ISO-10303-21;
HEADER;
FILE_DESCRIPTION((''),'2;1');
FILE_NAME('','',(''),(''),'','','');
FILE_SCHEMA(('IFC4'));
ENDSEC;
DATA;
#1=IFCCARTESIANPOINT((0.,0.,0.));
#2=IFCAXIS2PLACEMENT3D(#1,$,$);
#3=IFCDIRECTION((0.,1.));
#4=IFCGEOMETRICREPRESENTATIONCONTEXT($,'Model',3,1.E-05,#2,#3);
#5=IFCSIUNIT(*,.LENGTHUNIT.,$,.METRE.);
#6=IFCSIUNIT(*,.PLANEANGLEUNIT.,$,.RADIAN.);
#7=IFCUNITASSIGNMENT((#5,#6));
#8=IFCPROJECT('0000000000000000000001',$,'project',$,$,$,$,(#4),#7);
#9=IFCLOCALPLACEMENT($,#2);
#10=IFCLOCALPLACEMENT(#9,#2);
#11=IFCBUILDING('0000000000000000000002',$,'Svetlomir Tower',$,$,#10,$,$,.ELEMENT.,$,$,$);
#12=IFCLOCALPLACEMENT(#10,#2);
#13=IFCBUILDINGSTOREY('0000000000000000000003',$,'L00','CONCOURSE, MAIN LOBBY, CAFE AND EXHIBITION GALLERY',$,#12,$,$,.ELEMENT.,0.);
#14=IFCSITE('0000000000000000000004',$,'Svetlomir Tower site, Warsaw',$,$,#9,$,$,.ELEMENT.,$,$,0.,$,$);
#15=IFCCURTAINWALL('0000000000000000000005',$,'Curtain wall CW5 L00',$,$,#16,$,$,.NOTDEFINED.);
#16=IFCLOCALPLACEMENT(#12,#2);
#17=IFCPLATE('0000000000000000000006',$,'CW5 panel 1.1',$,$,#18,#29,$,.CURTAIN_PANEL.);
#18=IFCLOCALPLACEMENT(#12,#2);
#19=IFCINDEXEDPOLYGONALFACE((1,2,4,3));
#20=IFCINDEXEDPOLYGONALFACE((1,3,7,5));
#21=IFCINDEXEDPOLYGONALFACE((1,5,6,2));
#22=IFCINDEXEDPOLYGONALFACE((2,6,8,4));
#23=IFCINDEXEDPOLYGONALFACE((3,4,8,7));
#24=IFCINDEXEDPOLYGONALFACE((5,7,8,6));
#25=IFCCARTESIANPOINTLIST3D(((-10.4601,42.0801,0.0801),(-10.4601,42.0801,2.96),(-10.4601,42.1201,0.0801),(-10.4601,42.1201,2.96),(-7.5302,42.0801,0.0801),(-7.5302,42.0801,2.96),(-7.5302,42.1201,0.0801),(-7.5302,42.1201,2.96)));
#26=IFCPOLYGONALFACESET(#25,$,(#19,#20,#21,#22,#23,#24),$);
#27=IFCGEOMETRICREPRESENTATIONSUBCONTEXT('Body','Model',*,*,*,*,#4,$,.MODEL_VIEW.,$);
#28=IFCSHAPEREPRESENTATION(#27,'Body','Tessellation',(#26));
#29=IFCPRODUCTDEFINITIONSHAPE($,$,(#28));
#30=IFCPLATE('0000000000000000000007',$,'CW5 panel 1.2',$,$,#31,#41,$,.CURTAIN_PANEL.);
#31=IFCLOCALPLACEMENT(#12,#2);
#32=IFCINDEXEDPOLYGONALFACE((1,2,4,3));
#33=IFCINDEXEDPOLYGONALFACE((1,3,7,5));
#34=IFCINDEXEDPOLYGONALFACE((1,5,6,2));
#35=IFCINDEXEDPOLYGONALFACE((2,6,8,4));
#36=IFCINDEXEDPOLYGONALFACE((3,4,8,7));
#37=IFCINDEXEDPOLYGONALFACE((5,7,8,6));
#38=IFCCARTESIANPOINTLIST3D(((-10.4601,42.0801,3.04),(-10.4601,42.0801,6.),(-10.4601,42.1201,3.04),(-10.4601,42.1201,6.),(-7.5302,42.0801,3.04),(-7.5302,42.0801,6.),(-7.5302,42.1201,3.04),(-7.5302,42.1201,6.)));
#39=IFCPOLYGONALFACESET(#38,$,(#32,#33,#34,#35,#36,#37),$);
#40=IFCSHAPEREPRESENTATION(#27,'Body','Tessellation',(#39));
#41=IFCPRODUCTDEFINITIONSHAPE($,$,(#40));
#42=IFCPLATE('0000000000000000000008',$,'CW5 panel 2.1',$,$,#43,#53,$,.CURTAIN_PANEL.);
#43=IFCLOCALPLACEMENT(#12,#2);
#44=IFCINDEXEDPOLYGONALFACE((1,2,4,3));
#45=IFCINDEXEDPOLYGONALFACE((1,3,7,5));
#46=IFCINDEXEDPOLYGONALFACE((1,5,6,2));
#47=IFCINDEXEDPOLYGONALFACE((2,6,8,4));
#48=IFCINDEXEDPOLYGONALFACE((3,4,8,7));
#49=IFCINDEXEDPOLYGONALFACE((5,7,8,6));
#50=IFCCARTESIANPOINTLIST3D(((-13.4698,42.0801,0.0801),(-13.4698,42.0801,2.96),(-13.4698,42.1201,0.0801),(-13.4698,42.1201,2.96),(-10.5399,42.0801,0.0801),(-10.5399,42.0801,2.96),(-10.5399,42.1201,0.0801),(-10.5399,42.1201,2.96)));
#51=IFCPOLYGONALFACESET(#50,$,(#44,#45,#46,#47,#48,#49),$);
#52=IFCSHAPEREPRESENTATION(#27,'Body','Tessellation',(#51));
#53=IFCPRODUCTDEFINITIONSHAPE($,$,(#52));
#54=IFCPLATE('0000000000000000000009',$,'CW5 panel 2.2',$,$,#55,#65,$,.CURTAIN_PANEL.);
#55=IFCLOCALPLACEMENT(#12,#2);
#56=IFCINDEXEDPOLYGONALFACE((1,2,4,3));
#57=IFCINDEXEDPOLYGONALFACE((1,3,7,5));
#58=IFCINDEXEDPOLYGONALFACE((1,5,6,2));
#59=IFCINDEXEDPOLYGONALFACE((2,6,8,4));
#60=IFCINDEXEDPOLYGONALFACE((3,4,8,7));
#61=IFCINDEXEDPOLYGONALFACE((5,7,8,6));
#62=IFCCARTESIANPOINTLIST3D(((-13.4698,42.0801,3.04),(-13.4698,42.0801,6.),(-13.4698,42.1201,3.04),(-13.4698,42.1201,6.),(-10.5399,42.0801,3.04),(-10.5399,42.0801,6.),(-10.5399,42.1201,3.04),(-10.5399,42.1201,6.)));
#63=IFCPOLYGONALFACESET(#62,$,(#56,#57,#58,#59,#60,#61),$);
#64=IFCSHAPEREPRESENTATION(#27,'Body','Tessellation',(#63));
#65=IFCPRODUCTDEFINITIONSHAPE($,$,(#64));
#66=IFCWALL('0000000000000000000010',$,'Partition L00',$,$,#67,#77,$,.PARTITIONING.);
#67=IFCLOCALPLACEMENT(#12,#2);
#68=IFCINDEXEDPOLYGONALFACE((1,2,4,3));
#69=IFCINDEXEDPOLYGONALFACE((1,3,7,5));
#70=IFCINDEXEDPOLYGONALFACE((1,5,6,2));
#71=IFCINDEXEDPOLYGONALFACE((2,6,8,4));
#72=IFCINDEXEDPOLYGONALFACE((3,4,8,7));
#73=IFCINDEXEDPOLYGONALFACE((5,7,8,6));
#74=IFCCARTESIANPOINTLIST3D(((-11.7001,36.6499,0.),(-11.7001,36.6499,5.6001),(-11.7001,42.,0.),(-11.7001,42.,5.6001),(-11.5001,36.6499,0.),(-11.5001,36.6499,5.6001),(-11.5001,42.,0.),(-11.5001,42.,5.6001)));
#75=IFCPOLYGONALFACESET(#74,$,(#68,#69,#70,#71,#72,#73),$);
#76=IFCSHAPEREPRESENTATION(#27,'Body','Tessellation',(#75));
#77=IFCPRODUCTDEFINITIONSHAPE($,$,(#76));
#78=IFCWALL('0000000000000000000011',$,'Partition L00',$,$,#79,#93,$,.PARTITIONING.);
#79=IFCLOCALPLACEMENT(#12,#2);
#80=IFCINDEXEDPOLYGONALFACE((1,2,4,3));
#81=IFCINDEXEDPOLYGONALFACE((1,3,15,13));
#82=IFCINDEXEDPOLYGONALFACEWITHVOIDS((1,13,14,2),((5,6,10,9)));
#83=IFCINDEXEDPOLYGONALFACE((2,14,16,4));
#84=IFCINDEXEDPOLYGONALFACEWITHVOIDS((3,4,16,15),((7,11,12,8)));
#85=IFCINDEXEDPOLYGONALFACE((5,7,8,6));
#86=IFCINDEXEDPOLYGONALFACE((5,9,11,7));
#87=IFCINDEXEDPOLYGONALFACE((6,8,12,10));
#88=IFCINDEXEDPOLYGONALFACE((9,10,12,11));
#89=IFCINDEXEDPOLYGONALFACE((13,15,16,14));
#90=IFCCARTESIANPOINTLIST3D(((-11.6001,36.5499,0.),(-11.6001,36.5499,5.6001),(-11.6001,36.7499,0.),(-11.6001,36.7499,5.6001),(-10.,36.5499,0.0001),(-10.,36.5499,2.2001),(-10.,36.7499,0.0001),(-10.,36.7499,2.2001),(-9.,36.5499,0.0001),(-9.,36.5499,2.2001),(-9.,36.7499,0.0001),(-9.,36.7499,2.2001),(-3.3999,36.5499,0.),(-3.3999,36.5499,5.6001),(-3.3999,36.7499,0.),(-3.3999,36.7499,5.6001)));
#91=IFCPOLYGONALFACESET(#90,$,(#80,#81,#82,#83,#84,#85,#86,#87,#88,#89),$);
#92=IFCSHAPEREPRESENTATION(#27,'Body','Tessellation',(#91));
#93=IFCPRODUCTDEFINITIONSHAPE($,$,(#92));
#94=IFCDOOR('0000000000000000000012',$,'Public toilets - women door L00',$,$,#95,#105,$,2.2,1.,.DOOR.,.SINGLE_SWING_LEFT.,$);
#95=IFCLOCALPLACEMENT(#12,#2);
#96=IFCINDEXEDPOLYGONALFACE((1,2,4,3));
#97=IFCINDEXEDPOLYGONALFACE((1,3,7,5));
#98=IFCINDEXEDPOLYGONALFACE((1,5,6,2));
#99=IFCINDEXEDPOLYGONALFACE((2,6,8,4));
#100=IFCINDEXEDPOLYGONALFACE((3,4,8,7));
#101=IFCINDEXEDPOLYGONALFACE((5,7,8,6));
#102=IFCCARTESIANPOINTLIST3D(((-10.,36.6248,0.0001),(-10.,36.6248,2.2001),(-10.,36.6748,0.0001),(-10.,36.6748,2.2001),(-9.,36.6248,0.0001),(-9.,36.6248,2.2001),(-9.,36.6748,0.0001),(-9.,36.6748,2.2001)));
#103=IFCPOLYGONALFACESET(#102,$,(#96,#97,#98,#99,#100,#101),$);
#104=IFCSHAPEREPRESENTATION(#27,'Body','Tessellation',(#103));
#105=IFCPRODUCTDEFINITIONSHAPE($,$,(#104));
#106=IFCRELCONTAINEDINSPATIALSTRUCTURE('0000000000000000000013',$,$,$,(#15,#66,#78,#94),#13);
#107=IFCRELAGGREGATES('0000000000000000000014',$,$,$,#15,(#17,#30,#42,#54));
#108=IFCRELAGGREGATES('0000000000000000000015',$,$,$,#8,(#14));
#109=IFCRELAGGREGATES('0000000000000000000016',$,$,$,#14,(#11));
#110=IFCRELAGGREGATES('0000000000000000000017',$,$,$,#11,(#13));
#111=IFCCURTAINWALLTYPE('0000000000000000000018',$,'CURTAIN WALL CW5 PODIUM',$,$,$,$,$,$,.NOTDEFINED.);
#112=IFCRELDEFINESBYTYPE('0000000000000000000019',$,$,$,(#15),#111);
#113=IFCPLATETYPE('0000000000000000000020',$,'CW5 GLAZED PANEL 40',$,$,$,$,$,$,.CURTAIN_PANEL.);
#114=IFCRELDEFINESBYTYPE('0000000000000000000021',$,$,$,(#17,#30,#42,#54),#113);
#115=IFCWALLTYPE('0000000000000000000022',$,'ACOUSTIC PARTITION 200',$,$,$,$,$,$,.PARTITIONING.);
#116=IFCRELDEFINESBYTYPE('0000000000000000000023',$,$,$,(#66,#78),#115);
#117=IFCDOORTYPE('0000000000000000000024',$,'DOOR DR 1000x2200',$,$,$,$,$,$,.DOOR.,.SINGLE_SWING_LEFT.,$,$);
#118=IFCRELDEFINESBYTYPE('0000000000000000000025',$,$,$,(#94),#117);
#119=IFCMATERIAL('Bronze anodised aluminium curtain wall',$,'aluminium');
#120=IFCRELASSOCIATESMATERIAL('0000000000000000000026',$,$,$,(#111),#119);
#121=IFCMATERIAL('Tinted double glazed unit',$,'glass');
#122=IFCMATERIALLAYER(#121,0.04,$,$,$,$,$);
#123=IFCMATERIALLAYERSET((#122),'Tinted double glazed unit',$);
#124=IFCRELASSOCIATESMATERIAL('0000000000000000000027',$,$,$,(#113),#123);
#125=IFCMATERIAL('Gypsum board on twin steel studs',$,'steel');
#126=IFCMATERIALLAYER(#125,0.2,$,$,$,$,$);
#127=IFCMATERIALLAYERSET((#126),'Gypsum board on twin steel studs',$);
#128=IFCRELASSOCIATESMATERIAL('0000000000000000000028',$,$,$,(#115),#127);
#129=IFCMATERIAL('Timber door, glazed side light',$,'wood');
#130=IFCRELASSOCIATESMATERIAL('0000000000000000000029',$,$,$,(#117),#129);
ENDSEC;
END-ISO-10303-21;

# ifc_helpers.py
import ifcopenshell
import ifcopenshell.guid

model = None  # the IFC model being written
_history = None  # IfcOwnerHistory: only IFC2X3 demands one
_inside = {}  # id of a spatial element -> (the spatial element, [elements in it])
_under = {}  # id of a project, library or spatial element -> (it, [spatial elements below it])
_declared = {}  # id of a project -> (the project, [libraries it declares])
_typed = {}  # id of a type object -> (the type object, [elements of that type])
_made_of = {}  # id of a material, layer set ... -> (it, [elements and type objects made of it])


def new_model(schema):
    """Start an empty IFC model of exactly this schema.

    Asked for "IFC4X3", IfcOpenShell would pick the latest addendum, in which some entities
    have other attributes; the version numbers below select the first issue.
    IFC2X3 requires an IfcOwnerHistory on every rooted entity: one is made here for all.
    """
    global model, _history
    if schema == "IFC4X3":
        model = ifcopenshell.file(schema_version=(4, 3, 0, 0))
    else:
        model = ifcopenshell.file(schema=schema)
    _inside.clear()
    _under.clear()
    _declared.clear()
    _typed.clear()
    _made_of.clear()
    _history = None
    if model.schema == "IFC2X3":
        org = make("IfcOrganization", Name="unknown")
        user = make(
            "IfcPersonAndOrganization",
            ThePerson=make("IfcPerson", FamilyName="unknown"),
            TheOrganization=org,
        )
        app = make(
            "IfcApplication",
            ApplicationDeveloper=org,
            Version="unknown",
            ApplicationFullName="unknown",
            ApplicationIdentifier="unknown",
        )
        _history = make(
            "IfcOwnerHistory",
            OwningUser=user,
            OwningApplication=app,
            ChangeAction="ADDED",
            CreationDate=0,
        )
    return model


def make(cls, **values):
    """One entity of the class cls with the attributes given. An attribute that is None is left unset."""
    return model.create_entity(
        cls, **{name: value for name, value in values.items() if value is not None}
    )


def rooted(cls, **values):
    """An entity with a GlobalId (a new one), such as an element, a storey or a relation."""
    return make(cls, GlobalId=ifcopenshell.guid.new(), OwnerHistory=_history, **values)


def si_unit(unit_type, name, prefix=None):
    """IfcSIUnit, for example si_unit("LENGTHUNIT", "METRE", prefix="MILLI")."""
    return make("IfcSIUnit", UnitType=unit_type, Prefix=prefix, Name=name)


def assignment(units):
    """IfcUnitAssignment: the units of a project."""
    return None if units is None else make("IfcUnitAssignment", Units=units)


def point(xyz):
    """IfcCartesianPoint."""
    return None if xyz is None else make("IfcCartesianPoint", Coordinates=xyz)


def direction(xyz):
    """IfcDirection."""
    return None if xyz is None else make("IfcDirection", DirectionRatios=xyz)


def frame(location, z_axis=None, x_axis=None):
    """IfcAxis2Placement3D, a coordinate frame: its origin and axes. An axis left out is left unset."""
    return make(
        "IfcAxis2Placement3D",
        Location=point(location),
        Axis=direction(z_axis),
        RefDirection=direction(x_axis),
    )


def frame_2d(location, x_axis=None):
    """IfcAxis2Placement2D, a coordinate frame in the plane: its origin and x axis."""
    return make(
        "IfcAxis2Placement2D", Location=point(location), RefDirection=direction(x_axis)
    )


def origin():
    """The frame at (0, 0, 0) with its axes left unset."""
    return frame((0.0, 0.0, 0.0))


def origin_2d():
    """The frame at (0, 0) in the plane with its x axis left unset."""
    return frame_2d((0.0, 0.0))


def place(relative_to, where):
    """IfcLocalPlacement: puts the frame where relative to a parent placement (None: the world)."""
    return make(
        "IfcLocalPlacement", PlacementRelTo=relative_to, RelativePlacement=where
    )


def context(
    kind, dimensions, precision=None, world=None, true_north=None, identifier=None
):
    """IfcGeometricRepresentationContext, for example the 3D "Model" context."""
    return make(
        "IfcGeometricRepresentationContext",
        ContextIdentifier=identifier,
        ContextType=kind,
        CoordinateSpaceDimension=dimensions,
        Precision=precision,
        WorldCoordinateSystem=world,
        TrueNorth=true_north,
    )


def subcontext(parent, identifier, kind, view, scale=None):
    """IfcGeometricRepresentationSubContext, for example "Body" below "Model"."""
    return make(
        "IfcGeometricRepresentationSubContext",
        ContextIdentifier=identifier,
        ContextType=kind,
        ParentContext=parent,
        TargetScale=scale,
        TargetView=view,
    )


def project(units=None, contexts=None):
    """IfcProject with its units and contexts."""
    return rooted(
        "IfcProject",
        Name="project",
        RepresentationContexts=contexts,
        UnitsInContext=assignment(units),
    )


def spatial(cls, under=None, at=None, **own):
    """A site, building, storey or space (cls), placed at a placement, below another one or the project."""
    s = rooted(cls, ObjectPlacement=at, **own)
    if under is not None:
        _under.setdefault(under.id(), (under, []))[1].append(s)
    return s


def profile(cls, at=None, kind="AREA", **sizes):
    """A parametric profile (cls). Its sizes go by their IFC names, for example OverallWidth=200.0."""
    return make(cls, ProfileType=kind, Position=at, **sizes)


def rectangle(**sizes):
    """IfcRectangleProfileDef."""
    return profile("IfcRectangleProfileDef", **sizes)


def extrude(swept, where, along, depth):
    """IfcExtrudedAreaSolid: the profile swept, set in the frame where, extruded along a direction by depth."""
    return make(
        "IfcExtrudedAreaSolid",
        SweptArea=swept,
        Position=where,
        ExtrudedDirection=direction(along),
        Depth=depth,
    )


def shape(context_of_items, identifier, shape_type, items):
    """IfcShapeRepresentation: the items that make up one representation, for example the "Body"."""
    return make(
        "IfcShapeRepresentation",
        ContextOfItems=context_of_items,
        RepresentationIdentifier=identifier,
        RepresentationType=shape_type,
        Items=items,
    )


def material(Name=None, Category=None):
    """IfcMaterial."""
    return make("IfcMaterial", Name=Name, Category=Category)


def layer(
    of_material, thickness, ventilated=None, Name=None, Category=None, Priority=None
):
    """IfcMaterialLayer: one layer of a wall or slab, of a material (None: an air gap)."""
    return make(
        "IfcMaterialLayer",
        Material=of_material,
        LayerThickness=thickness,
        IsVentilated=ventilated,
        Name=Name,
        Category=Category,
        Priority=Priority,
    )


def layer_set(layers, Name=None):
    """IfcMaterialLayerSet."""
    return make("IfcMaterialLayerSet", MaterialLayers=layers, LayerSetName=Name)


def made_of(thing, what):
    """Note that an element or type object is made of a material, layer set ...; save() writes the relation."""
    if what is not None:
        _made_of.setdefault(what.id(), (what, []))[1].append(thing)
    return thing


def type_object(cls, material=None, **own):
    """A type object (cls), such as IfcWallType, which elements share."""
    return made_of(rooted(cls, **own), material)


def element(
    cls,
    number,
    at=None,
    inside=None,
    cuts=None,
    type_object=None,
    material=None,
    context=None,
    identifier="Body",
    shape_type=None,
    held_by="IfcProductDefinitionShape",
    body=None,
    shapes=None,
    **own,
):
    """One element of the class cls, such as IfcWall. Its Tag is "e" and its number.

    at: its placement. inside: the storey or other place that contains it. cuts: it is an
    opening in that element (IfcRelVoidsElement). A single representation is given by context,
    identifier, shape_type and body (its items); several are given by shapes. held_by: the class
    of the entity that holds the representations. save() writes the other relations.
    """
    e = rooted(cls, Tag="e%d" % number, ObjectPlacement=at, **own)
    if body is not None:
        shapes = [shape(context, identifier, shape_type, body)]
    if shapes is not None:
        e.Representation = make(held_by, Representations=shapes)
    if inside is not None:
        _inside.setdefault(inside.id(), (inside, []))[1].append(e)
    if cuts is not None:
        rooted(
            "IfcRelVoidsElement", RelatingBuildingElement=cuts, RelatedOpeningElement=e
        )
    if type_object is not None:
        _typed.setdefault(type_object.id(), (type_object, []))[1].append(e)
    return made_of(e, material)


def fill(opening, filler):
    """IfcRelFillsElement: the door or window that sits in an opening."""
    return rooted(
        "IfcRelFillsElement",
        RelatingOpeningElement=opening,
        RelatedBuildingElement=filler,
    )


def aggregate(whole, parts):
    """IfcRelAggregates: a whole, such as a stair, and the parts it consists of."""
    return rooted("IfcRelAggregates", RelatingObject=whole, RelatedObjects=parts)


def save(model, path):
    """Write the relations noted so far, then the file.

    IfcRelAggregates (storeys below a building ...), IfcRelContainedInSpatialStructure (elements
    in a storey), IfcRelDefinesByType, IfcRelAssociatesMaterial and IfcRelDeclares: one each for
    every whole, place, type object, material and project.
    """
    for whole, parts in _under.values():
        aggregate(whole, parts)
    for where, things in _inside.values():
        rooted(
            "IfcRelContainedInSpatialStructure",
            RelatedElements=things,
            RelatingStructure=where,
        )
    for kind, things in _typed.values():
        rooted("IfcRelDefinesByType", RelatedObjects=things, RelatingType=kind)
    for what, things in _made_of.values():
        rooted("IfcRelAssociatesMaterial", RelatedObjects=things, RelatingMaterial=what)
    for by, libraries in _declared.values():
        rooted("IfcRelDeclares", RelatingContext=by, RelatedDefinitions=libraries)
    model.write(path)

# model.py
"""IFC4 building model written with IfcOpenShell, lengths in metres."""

from ifc_helpers import new_model, si_unit, direction, frame, frame_2d, origin, origin_2d, place, context, subcontext, project, spatial, rectangle, extrude, material, layer, layer_set, type_object, element, fill, aggregate, save


model = new_model("IFC4")

# Units and contexts
model_context = context("Model", 3, precision=1e-05, world=origin(), true_north=direction((0.0, 1.0)))
body_context = subcontext(model_context, "Body", "Model", "MODEL_VIEW")
ifc_project = project(units=[si_unit("LENGTHUNIT", "METRE"), si_unit("PLANEANGLEUNIT", "RADIAN")], contexts=[model_context])

# Site, building, storey
site_placement = place(None, origin())
site = spatial("IfcSite", under=ifc_project, at=site_placement, Name="Svetlomir Tower site, Warsaw", CompositionType="ELEMENT", RefElevation=0.0)
building_placement = place(site_placement, origin())
building = spatial("IfcBuilding", under=site, at=building_placement, Name="Svetlomir Tower", CompositionType="ELEMENT")
storey_placement = place(building_placement, origin())
storey = spatial("IfcBuildingStorey", under=building, at=storey_placement, Name="L00", Description="CONCOURSE, MAIN LOBBY, CAFE AND EXHIBITION GALLERY", CompositionType="ELEMENT", Elevation=0.0)

# Curtain wall, plates
ifc_material_1 = material(Name="Bronze anodised aluminium curtain wall", Category="aluminium")
curtain_wall_type = type_object("IfcCurtainWallType", Name="CURTAIN WALL CW5 PODIUM", PredefinedType="NOTDEFINED", material=ifc_material_1)
curtain_wall_placement = place(storey_placement, origin())
curtain_wall = element("IfcCurtainWall", 1, at=curtain_wall_placement, inside=storey, type_object=curtain_wall_type, Name="Curtain wall CW5 L00", PredefinedType="NOTDEFINED")
ifc_material_2 = material(Name="Tinted double glazed unit", Category="glass")
ifc_layer_1 = layer(ifc_material_2, 0.04)
ifc_layer_set_1 = layer_set([ifc_layer_1], Name="Tinted double glazed unit")
plate_type = type_object("IfcPlateType", Name="CW5 GLAZED PANEL 40", PredefinedType="CURTAIN_PANEL", material=ifc_layer_set_1)
plate_1_placement = place(storey_placement, frame((-8.9951, 42.1001, 0.0801), z_axis=(0.0, 0.0, 1.0), x_axis=(-1.0, 0.0, 0.0)))
plate_1 = element("IfcPlate", 2, at=plate_1_placement, type_object=plate_type, Name="CW5 panel 1.1", PredefinedType="CURTAIN_PANEL", context=body_context, shape_type="SweptSolid", body=[
    extrude(rectangle(XDim=2.9299, YDim=0.04, at=origin_2d()), origin(), (0.0, 0.0, 1.0), 2.8799),
])
plate_2_placement = place(storey_placement, frame((-8.9951, 42.1001, 3.04), z_axis=(0.0, 0.0, 1.0), x_axis=(-1.0, 0.0, 0.0)))
plate_2 = element("IfcPlate", 3, at=plate_2_placement, type_object=plate_type, Name="CW5 panel 1.2", PredefinedType="CURTAIN_PANEL", context=body_context, shape_type="SweptSolid", body=[
    extrude(rectangle(XDim=2.9299, YDim=0.04, at=origin_2d()), origin(), (0.0, 0.0, 1.0), 2.96),
])
plate_3_placement = place(storey_placement, frame((-12.0049, 42.1001, 0.0801), z_axis=(0.0, 0.0, 1.0), x_axis=(-1.0, 0.0, 0.0)))
plate_3 = element("IfcPlate", 4, at=plate_3_placement, type_object=plate_type, Name="CW5 panel 2.1", PredefinedType="CURTAIN_PANEL", context=body_context, shape_type="SweptSolid", body=[
    extrude(rectangle(XDim=2.9299, YDim=0.04, at=origin_2d()), origin(), (0.0, 0.0, 1.0), 2.8799),
])
plate_4_placement = place(storey_placement, frame((-12.0049, 42.1001, 3.04), z_axis=(0.0, 0.0, 1.0), x_axis=(-1.0, 0.0, 0.0)))
plate_4 = element("IfcPlate", 5, at=plate_4_placement, type_object=plate_type, Name="CW5 panel 2.2", PredefinedType="CURTAIN_PANEL", context=body_context, shape_type="SweptSolid", body=[
    extrude(rectangle(XDim=2.9299, YDim=0.04, at=origin_2d()), origin(), (0.0, 0.0, 1.0), 2.96),
])
aggregate(curtain_wall, [plate_1, plate_2, plate_3, plate_4])

# Wall
ifc_material_3 = material(Name="Gypsum board on twin steel studs", Category="steel")
ifc_layer_2 = layer(ifc_material_3, 0.2)
ifc_layer_set_2 = layer_set([ifc_layer_2], Name="Gypsum board on twin steel studs")
wall_type = type_object("IfcWallType", Name="ACOUSTIC PARTITION 200", PredefinedType="PARTITIONING", material=ifc_layer_set_2)
wall_1_placement = place(storey_placement, frame((-11.6001, 36.6499, 0.0), z_axis=(0.0, 0.0, 1.0), x_axis=(0.0, 1.0, 0.0)))
element("IfcWall", 6, at=wall_1_placement, inside=storey, type_object=wall_type, Name="Partition L00", PredefinedType="PARTITIONING", context=body_context, shape_type="SweptSolid", body=[
    extrude(rectangle(XDim=5.3501, YDim=0.2, at=frame_2d((2.675, 0.0))), origin(), (0.0, 0.0, 1.0), 5.6001),
])

# Wall, opening, door
wall_2_placement = place(storey_placement, frame((-11.6001, 36.6499, 0.0), z_axis=(0.0, 0.0, 1.0), x_axis=(1.0, 0.0, 0.0)))
wall_2 = element("IfcWall", 7, at=wall_2_placement, inside=storey, type_object=wall_type, Name="Partition L00", PredefinedType="PARTITIONING", context=body_context, shape_type="SweptSolid", body=[
    extrude(rectangle(XDim=8.2002, YDim=0.2, at=frame_2d((4.1001, 0.0))), origin(), (0.0, 0.0, 1.0), 5.6001),
])
opening_placement = place(wall_2_placement, frame((1.6001, 0.0, 0.0)))
opening = element("IfcOpeningElement", 8, at=opening_placement, cuts=wall_2, PredefinedType="OPENING", context=body_context, shape_type="SweptSolid", body=[
    extrude(rectangle(XDim=1.0, YDim=2.2, at=frame_2d((0.5, 1.1001))), frame((0.0, 0.1099, 0.0), z_axis=(0.0, -1.0, 0.0), x_axis=(1.0, 0.0, 0.0)), (0.0, 0.0, 1.0), 0.22),
])
ifc_material_4 = material(Name="Timber door, glazed side light", Category="wood")
door_type = type_object("IfcDoorType", Name="DOOR DR 1000x2200", OperationType="SINGLE_SWING_LEFT", PredefinedType="DOOR", material=ifc_material_4)
door_placement = place(opening_placement, origin())
door = element("IfcDoor", 9, at=door_placement, inside=storey, type_object=door_type, Name="Public toilets - women door L00", OperationType="SINGLE_SWING_LEFT", OverallHeight=2.2, OverallWidth=1.0, PredefinedType="DOOR", context=body_context, shape_type="SweptSolid", body=[
    extrude(rectangle(XDim=1.0, YDim=2.2, at=frame_2d((0.5, 1.1001))), frame((0.0, 0.0249, 0.0), z_axis=(0.0, -1.0, 0.0), x_axis=(1.0, 0.0, 0.0)), (0.0, 0.0, 1.0), 0.05),
])
fill(opening, door)

save(model, "model.ifc")
